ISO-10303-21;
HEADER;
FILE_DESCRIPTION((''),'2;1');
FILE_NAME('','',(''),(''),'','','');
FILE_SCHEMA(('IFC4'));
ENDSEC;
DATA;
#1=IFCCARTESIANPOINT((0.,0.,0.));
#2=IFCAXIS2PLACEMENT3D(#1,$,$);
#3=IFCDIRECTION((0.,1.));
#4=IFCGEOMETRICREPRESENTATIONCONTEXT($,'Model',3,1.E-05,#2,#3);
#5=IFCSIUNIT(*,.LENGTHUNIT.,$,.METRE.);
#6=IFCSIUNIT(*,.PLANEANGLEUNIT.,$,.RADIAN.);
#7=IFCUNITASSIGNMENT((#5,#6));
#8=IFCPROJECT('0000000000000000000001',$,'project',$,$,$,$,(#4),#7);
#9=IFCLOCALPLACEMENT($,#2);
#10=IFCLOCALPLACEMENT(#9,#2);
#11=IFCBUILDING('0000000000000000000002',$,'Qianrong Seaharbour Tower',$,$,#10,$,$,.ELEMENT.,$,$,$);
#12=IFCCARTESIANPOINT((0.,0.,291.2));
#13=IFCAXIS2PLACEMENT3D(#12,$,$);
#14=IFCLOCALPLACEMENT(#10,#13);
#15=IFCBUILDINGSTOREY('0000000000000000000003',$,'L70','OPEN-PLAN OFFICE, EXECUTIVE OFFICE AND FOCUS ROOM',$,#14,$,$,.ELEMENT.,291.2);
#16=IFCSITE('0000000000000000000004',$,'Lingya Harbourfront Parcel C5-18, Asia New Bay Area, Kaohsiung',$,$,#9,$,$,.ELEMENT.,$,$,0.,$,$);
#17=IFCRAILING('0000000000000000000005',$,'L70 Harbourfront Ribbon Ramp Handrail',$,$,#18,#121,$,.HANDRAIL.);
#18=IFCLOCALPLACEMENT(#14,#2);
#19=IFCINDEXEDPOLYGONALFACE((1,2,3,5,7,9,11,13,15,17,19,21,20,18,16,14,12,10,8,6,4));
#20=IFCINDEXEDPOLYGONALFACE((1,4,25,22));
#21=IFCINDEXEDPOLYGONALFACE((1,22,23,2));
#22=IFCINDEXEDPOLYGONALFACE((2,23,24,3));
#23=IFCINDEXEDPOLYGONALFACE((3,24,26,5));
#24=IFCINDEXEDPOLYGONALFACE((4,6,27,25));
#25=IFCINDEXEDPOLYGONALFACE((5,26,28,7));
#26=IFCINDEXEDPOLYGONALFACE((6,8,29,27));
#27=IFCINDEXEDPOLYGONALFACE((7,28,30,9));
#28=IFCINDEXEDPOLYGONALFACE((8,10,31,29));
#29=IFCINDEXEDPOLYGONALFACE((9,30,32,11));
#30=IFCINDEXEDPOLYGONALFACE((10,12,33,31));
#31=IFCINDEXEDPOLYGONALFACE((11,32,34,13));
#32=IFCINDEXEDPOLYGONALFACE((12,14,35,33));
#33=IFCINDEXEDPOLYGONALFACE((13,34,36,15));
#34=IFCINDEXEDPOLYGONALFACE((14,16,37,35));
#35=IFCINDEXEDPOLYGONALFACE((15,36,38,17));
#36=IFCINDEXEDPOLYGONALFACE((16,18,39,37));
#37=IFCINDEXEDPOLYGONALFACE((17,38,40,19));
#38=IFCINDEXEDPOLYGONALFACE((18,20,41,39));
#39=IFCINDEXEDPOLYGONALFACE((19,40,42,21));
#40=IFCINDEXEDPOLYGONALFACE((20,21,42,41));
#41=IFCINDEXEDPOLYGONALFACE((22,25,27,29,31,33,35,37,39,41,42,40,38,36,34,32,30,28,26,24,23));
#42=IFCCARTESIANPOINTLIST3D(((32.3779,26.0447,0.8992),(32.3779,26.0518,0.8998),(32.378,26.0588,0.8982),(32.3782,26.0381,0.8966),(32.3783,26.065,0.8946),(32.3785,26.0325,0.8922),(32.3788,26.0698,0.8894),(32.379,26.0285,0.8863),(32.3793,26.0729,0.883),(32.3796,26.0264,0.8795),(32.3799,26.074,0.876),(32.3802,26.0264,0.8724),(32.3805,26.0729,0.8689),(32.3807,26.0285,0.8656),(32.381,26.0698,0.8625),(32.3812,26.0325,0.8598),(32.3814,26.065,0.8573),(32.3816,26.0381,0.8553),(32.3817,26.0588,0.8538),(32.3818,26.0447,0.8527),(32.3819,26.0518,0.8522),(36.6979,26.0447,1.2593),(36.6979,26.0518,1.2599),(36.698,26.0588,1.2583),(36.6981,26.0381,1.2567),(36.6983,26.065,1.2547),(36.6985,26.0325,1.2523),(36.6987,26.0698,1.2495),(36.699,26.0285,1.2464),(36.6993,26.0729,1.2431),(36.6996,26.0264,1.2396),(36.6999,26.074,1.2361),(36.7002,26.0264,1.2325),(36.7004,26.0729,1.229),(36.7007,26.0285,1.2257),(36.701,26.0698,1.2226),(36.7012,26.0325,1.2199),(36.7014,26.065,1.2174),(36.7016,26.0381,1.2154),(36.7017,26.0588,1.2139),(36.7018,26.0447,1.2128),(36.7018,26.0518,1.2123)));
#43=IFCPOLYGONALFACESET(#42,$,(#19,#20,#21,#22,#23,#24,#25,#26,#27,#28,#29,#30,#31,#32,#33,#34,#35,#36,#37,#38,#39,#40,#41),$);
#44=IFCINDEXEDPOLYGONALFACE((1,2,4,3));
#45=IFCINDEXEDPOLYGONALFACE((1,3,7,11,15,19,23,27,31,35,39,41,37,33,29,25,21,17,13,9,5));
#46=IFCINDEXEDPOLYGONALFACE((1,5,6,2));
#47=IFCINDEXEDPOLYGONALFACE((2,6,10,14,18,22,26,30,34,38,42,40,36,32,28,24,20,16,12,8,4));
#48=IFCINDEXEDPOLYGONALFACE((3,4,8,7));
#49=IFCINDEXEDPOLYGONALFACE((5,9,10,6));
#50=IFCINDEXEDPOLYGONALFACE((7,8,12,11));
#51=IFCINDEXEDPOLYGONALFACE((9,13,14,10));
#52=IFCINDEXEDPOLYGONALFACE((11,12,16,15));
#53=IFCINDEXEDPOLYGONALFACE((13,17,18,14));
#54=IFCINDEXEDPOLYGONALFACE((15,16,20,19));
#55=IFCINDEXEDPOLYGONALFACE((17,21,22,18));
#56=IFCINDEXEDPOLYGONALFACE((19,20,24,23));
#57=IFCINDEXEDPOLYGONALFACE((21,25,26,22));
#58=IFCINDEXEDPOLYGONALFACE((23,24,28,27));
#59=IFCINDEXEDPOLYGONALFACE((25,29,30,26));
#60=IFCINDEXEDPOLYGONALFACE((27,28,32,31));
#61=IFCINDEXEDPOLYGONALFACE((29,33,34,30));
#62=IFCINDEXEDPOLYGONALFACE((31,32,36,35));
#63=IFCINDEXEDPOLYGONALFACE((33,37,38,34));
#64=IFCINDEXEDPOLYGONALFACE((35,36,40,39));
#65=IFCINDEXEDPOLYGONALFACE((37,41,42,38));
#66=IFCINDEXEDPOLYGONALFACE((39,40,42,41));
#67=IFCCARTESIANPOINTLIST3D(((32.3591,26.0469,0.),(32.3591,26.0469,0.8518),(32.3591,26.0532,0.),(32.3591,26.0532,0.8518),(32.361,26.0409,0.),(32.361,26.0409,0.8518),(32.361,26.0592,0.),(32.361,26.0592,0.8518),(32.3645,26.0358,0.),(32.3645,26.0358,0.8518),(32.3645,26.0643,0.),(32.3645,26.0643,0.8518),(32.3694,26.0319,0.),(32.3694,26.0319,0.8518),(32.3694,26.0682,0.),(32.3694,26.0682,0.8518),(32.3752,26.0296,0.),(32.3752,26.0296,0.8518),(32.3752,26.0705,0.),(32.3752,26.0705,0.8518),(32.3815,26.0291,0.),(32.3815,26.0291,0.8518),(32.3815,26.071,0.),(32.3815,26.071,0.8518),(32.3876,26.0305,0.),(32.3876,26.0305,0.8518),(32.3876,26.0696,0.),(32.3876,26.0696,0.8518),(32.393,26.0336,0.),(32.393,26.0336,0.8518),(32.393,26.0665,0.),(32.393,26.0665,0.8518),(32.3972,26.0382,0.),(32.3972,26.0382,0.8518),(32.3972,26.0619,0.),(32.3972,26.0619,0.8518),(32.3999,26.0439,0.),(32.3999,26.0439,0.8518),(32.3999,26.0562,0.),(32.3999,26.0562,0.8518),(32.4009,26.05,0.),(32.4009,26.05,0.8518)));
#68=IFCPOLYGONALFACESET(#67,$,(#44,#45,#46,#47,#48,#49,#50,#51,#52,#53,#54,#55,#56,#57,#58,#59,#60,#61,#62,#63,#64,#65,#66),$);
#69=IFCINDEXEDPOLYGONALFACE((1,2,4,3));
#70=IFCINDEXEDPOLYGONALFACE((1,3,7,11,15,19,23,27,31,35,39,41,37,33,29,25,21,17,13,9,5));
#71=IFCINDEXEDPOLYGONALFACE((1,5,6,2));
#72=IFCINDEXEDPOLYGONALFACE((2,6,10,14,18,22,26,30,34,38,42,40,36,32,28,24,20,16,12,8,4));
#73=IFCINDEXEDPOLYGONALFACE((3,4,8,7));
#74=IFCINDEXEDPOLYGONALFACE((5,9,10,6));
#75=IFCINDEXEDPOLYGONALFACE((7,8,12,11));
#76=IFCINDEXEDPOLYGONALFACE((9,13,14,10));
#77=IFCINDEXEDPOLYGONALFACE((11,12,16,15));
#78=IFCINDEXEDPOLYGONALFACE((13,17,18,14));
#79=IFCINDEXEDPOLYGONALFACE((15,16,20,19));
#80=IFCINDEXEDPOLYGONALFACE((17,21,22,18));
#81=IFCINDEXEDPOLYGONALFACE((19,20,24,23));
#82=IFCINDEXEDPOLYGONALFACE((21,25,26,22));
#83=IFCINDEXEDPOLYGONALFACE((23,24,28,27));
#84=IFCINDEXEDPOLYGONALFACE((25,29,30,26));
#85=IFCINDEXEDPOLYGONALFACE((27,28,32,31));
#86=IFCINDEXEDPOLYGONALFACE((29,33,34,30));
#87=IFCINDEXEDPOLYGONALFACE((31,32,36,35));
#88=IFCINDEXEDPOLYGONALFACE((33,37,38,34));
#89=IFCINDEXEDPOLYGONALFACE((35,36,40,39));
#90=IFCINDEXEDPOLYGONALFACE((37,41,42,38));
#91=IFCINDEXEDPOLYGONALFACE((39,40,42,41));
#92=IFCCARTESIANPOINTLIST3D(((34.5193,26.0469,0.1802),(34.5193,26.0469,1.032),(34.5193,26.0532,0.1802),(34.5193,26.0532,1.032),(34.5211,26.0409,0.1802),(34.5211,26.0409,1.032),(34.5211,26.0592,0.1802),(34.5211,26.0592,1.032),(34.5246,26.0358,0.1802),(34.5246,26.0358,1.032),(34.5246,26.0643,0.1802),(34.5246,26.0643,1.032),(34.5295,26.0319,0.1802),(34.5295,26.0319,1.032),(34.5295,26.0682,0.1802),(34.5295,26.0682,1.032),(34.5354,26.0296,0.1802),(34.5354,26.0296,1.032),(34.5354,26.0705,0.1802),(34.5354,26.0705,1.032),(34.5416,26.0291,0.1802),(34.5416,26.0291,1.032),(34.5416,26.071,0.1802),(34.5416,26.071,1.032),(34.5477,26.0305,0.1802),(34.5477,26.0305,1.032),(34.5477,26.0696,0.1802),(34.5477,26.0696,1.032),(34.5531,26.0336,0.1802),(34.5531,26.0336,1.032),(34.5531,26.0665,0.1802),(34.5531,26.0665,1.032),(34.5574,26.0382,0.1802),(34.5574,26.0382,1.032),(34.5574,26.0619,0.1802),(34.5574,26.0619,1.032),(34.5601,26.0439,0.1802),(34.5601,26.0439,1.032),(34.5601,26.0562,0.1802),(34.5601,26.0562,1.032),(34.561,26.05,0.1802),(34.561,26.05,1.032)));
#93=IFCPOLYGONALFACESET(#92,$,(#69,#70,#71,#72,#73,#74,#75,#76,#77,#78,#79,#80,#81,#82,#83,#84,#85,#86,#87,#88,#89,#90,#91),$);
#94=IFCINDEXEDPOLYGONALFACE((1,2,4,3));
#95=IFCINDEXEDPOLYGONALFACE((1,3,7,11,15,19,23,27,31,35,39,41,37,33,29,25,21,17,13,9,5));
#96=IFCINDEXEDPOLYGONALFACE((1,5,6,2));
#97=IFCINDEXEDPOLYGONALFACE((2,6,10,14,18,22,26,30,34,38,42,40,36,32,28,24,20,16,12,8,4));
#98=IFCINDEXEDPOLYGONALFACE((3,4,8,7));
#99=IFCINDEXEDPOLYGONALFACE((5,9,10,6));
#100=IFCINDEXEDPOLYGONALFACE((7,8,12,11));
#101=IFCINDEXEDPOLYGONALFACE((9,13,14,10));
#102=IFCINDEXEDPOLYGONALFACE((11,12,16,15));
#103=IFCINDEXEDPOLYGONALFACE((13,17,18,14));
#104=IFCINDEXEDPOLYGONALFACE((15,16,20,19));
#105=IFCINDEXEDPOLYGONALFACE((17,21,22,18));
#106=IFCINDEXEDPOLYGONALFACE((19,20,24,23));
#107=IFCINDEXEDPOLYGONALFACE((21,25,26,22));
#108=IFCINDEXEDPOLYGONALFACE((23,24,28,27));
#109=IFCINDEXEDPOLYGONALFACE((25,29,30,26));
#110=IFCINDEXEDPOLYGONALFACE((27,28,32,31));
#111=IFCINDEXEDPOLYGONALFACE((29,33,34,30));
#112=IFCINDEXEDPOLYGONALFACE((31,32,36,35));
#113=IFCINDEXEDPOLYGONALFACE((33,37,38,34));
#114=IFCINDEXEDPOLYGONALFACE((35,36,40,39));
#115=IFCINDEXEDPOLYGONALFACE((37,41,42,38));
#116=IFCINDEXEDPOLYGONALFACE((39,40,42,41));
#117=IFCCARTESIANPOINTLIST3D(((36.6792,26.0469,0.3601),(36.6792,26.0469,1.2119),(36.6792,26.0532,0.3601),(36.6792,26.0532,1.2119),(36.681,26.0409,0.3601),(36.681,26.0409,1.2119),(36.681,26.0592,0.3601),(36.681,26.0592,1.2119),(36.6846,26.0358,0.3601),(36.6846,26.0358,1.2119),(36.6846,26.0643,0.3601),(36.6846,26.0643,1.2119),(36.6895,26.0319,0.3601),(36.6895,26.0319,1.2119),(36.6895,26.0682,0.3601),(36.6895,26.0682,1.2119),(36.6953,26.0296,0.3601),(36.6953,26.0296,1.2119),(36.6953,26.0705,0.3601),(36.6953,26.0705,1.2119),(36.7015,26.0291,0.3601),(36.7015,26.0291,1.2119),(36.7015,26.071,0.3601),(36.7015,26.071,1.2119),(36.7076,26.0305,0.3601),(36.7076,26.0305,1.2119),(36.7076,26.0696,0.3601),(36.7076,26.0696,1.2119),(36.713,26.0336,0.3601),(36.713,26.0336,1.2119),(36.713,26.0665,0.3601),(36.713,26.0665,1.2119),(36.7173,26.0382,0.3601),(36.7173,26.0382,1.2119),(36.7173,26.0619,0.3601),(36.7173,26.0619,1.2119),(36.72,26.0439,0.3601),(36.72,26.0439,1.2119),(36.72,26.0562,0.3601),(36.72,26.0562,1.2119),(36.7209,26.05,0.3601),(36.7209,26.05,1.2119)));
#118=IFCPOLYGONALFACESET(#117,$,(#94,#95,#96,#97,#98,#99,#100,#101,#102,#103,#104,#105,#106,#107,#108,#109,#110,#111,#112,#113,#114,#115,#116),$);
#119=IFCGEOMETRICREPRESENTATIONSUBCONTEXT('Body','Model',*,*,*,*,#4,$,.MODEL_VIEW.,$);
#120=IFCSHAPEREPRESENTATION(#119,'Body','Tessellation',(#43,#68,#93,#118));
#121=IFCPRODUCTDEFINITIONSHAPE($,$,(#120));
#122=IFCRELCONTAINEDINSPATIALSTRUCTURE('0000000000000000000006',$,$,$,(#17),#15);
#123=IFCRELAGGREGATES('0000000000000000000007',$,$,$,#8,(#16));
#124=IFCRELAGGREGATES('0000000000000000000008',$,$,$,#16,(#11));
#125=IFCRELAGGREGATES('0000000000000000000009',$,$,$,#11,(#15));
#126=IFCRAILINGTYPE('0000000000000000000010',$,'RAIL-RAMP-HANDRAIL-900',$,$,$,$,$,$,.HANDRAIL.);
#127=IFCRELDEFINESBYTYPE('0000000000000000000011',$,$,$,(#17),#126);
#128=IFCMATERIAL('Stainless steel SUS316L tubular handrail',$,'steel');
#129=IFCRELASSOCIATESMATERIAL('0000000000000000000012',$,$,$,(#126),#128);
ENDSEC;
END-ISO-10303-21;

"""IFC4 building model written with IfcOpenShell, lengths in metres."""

from ifc_helpers import new_model, si_unit, direction, frame, origin, origin_2d, place, context, subcontext, project, spatial, circle, extrude, material, type_object, element, save


model = new_model("IFC4")

# Units and contexts
model_context = context("Model", 3, precision=1e-05, world=origin(), true_north=direction((0.0, 1.0)))
body_context = subcontext(model_context, "Body", "Model", "MODEL_VIEW")
ifc_project = project(units=[si_unit("LENGTHUNIT", "METRE"), si_unit("PLANEANGLEUNIT", "RADIAN")], contexts=[model_context])

# Site, building, storey
site_placement = place(None, origin())
site = spatial("IfcSite", under=ifc_project, at=site_placement, Name="Lingya Harbourfront Parcel C5-18, Asia New Bay Area, Kaohsiung", CompositionType="ELEMENT", RefElevation=0.0)
building_placement = place(site_placement, origin())
building = spatial("IfcBuilding", under=site, at=building_placement, Name="Qianrong Seaharbour Tower", CompositionType="ELEMENT")
storey_placement = place(building_placement, frame((0.0, 0.0, 291.2)))
storey = spatial("IfcBuildingStorey", under=building, at=storey_placement, Name="L70", Description="OPEN-PLAN OFFICE, EXECUTIVE OFFICE AND FOCUS ROOM", CompositionType="ELEMENT", Elevation=291.2)

# Railing
ifc_material_1 = material(Name="Stainless steel SUS316L tubular handrail", Category="steel")
railing_type = type_object("IfcRailingType", Name="RAIL-RAMP-HANDRAIL-900", PredefinedType="HANDRAIL", material=ifc_material_1)
railing_placement = place(storey_placement, frame((32.3799, 26.05, 0.0)))
element("IfcRailing", 1, at=railing_placement, inside=storey, type_object=railing_type, Name="L70 Harbourfront Ribbon Ramp Handrail", PredefinedType="HANDRAIL", context=body_context, shape_type="SweptSolid", body=[
    extrude(circle(Radius=0.0239, at=origin_2d()), frame((0.0, 0.0, 0.876), z_axis=(0.996544, 0.0, 0.083069), x_axis=(0.0, 1.0, 0.0)), (0.0, 0.0, 1.0), 4.335),
    extrude(circle(Radius=0.021, at=origin_2d()), origin(), (0.0, 0.0, 1.0), 0.8518),
    extrude(circle(Radius=0.021, at=origin_2d()), frame((2.1602, 0.0, 0.1802)), (0.0, 0.0, 1.0), 0.8518),
    extrude(circle(Radius=0.021, at=origin_2d()), frame((4.3201, 0.0, 0.3601)), (0.0, 0.0, 1.0), 0.8518),
])

save(model, "model.ifc")
